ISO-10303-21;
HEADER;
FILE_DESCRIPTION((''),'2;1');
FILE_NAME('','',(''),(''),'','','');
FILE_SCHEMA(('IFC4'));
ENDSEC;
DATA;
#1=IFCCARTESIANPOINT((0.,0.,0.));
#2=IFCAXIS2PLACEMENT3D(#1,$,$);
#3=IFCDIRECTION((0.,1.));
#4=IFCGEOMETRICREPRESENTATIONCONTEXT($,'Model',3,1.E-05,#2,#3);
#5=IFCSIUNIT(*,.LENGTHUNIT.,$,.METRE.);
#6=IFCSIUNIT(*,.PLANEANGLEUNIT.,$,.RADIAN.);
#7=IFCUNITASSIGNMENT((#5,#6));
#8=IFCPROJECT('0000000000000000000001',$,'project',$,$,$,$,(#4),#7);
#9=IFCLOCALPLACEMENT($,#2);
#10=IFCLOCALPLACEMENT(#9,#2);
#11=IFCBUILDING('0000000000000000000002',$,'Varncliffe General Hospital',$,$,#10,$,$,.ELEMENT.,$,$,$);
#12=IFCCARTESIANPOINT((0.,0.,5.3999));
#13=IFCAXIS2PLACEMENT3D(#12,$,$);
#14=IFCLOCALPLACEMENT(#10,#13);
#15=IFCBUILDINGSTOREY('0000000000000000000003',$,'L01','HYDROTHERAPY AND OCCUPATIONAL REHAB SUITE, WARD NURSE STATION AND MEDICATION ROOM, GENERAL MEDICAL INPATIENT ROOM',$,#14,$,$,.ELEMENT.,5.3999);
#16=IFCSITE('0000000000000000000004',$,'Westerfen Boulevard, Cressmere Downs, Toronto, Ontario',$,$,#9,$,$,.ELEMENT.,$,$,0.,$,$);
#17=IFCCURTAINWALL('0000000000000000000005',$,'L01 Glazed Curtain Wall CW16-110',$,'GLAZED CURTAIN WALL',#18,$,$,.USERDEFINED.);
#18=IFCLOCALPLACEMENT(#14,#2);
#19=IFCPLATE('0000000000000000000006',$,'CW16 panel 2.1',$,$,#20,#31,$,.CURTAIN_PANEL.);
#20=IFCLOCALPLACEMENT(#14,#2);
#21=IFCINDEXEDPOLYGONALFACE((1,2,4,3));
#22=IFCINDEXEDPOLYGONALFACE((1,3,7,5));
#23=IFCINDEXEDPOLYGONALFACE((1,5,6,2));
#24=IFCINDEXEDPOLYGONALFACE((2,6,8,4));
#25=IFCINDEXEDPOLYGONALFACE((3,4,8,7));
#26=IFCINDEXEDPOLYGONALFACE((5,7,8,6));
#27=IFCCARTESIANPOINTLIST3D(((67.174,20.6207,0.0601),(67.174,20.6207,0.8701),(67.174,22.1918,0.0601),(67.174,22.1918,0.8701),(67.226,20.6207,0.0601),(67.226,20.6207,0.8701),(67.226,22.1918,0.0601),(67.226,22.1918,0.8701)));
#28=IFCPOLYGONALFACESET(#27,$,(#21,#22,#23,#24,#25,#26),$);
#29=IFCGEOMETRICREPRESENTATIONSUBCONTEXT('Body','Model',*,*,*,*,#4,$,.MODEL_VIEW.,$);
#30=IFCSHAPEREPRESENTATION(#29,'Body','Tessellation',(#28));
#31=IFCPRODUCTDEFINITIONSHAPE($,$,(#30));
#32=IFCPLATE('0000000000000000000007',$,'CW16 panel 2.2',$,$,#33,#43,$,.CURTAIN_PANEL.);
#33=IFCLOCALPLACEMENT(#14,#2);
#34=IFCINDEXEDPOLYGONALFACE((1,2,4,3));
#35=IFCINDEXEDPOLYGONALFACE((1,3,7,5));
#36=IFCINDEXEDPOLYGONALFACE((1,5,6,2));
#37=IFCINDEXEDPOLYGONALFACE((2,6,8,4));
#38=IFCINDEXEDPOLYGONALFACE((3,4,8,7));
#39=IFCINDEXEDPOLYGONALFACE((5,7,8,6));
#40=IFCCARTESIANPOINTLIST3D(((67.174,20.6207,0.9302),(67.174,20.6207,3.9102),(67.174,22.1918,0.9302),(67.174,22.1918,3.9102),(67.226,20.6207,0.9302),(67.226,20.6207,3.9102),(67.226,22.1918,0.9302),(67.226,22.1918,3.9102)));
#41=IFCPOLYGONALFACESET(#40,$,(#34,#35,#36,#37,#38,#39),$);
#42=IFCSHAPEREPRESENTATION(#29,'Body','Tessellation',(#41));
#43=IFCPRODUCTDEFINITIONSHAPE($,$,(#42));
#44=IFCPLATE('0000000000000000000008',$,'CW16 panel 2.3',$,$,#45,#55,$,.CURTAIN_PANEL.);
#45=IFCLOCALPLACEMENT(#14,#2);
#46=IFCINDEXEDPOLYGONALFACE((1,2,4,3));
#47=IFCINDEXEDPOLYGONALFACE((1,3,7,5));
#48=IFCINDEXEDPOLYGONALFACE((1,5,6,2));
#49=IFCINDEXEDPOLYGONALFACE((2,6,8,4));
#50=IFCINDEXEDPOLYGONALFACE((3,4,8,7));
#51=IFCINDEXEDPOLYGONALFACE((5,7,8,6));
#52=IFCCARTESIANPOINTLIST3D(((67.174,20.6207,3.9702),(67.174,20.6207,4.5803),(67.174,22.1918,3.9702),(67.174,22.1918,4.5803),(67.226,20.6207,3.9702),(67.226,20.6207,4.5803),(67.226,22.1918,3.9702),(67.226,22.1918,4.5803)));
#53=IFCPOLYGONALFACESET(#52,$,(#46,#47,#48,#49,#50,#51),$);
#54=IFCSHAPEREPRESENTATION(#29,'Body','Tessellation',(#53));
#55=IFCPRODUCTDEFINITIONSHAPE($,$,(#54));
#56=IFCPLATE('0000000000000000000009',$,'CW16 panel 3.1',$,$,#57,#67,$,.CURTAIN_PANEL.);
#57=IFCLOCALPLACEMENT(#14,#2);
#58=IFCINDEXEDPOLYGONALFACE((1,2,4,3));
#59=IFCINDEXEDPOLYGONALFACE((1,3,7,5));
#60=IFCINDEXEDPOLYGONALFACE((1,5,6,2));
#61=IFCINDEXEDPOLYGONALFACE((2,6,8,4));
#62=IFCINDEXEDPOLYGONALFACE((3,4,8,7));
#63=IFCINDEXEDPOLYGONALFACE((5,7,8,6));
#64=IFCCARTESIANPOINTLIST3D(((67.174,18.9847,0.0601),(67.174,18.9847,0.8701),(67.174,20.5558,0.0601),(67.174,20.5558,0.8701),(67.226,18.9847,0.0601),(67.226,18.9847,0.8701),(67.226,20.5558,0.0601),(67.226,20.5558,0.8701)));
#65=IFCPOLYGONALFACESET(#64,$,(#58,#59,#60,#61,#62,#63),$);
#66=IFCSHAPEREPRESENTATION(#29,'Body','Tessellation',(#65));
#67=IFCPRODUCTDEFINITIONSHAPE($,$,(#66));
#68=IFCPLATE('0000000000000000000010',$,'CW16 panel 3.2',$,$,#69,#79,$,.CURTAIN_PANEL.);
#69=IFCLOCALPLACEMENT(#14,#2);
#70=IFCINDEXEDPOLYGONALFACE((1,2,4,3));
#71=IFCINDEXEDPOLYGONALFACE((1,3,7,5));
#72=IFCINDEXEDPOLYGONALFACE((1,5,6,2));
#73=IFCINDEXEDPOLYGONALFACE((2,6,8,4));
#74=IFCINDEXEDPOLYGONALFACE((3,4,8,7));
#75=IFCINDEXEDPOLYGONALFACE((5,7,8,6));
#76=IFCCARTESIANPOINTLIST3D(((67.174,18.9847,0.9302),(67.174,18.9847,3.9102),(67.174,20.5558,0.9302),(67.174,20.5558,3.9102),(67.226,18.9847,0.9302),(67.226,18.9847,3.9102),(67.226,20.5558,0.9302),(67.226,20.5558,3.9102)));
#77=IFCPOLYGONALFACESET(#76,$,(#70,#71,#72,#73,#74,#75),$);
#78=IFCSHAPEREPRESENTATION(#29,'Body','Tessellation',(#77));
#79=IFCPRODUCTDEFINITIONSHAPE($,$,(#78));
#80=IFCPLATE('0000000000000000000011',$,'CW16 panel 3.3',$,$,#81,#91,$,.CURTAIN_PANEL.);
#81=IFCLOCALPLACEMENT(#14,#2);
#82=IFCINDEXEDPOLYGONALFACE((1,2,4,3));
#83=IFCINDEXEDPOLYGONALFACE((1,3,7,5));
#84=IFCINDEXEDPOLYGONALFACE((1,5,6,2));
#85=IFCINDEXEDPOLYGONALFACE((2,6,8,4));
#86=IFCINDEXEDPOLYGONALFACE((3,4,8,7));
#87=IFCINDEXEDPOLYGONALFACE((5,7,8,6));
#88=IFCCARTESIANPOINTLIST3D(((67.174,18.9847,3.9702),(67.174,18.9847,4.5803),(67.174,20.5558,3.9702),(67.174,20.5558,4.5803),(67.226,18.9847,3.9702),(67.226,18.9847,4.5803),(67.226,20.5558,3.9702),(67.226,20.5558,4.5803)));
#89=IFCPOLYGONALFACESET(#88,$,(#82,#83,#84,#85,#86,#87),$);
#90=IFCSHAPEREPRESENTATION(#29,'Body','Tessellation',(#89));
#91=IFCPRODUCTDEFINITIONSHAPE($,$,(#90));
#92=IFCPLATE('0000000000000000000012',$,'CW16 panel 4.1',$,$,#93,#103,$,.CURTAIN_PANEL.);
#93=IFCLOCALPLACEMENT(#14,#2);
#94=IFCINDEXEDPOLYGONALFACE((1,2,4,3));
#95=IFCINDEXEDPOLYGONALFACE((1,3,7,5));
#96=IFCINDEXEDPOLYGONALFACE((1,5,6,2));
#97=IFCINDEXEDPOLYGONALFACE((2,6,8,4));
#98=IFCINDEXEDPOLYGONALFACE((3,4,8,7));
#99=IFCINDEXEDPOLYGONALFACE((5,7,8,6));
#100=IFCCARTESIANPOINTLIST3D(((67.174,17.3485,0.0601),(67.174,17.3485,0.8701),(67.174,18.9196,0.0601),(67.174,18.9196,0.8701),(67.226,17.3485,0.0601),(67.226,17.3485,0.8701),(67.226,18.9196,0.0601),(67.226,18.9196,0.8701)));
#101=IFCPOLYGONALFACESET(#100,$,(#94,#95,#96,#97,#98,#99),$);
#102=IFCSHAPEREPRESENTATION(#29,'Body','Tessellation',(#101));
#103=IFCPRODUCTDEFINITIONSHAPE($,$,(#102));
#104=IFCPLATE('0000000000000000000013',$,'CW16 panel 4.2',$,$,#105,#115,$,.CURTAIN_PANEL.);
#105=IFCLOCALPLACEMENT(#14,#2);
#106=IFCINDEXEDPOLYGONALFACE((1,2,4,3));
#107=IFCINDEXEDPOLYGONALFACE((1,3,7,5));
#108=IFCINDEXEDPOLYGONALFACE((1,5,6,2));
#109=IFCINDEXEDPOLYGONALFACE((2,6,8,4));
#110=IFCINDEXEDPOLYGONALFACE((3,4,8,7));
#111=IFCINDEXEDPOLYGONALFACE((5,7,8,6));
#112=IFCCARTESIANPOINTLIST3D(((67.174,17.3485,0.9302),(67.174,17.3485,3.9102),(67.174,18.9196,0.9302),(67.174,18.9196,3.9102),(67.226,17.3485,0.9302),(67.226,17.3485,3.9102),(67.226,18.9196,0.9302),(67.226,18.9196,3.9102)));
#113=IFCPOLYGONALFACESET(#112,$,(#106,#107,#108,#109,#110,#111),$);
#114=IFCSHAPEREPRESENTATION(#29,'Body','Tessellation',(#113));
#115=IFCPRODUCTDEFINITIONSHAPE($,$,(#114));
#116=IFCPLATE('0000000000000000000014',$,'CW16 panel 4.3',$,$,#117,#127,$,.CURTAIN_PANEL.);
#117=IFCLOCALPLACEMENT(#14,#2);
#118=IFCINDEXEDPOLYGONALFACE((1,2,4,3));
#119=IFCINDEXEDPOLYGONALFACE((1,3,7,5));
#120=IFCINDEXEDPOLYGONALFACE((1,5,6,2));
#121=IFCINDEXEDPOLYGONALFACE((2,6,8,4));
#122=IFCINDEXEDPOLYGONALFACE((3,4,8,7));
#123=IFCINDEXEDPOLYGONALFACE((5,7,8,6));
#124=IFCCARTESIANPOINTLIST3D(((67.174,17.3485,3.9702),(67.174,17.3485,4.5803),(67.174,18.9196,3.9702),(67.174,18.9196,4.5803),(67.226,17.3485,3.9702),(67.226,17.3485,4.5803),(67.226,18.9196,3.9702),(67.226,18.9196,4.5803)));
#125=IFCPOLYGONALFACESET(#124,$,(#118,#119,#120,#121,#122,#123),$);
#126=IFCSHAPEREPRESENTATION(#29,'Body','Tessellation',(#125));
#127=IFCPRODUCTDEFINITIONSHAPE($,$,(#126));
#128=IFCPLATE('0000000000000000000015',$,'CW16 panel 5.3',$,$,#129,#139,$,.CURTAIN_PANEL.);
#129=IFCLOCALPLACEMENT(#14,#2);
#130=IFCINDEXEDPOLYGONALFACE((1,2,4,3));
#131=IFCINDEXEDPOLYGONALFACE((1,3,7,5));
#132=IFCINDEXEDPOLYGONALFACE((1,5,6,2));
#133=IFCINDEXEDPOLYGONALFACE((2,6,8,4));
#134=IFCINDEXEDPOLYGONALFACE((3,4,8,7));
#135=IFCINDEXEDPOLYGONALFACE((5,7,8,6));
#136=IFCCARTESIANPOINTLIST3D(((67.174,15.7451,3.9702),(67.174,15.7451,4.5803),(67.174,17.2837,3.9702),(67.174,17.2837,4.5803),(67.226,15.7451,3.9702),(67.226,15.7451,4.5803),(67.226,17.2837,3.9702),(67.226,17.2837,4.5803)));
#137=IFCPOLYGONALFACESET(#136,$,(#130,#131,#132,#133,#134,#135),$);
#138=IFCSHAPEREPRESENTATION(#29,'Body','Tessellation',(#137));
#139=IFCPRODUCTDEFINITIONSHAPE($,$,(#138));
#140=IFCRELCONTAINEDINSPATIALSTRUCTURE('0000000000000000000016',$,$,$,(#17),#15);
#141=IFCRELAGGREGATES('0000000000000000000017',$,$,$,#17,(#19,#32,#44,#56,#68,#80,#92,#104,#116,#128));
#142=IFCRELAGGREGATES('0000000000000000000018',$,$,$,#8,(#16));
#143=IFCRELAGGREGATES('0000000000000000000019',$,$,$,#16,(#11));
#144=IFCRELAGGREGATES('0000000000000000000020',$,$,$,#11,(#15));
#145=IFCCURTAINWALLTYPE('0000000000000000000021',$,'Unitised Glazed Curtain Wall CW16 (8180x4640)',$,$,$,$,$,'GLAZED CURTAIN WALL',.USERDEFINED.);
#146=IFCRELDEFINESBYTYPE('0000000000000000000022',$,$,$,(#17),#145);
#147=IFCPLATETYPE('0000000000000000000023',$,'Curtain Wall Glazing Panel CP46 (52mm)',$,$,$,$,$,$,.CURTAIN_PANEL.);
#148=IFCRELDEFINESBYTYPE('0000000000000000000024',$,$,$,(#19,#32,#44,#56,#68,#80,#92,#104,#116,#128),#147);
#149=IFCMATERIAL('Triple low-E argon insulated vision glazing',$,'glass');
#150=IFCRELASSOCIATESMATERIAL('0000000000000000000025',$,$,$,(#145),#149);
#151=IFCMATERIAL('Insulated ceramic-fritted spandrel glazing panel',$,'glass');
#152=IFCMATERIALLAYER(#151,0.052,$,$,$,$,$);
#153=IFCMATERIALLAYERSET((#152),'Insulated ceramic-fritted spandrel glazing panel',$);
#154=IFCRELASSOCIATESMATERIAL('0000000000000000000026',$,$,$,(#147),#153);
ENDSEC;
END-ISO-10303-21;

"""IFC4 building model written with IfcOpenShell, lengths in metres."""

from ifc_helpers import new_model, si_unit, direction, frame, origin, origin_2d, place, context, subcontext, project, spatial, rectangle, extrude, material, layer, layer_set, type_object, element, aggregate, save


model = new_model("IFC4")

# Units and contexts
model_context = context("Model", 3, precision=1e-05, world=origin(), true_north=direction((0.0, 1.0)))
body_context = subcontext(model_context, "Body", "Model", "MODEL_VIEW")
ifc_project = project(units=[si_unit("LENGTHUNIT", "METRE"), si_unit("PLANEANGLEUNIT", "RADIAN")], contexts=[model_context])

# Site, building, storey
site_placement = place(None, origin())
site = spatial("IfcSite", under=ifc_project, at=site_placement, Name="Westerfen Boulevard, Cressmere Downs, Toronto, Ontario", CompositionType="ELEMENT", RefElevation=0.0)
building_placement = place(site_placement, origin())
building = spatial("IfcBuilding", under=site, at=building_placement, Name="Varncliffe General Hospital", CompositionType="ELEMENT")
storey_placement = place(building_placement, frame((0.0, 0.0, 5.3999)))
storey = spatial("IfcBuildingStorey", under=building, at=storey_placement, Name="L01", Description="HYDROTHERAPY AND OCCUPATIONAL REHAB SUITE, WARD NURSE STATION AND MEDICATION ROOM, GENERAL MEDICAL INPATIENT ROOM", CompositionType="ELEMENT", Elevation=5.3999)

# Shared definitions
ifc_material_1 = material(Name="Triple low-E argon insulated vision glazing", Category="glass")

# Curtain wall
curtain_wall_type_1 = type_object("IfcCurtainWallType", Name="Unitised Glazed Curtain Wall CW16 (8180x4640)", ElementType="GLAZED CURTAIN WALL", PredefinedType="USERDEFINED", material=ifc_material_1)
curtain_wall_1_placement = place(storey_placement, origin())
curtain_wall_1 = element("IfcCurtainWall", 1, at=curtain_wall_1_placement, inside=storey, type_object=curtain_wall_type_1, Name="L01 Glazed Curtain Wall CW16-110", ObjectType="GLAZED CURTAIN WALL", PredefinedType="USERDEFINED")

# Plates
ifc_material_2 = material(Name="Insulated ceramic-fritted spandrel glazing panel", Category="glass")
ifc_layer = layer(ifc_material_2, 0.052)
ifc_layer_set = layer_set([ifc_layer], Name="Insulated ceramic-fritted spandrel glazing panel")
plate_type = type_object("IfcPlateType", Name="Curtain Wall Glazing Panel CP46 (52mm)", PredefinedType="CURTAIN_PANEL", material=ifc_layer_set)
plate_1_placement = place(storey_placement, frame((67.2, 21.4062, 0.0601), z_axis=(0.0, 0.0, 1.0), x_axis=(0.0, -1.0, 0.0)))
plate_1 = element("IfcPlate", 2, at=plate_1_placement, type_object=plate_type, Name="CW16 panel 2.1", PredefinedType="CURTAIN_PANEL", context=body_context, shape_type="SweptSolid", body=[
    extrude(rectangle(XDim=1.571, YDim=0.052, at=origin_2d()), origin(), (0.0, 0.0, 1.0), 0.8101),
])
plate_2_placement = place(storey_placement, frame((67.2, 21.4062, 0.9302), z_axis=(0.0, 0.0, 1.0), x_axis=(0.0, -1.0, 0.0)))
plate_2 = element("IfcPlate", 3, at=plate_2_placement, type_object=plate_type, Name="CW16 panel 2.2", PredefinedType="CURTAIN_PANEL", context=body_context, shape_type="SweptSolid", body=[
    extrude(rectangle(XDim=1.571, YDim=0.052, at=origin_2d()), origin(), (0.0, 0.0, 1.0), 2.98),
])
plate_3_placement = place(storey_placement, frame((67.2, 21.4062, 3.9702), z_axis=(0.0, 0.0, 1.0), x_axis=(0.0, -1.0, 0.0)))
plate_3 = element("IfcPlate", 4, at=plate_3_placement, type_object=plate_type, Name="CW16 panel 2.3", PredefinedType="CURTAIN_PANEL", context=body_context, shape_type="SweptSolid", body=[
    extrude(rectangle(XDim=1.571, YDim=0.052, at=origin_2d()), origin(), (0.0, 0.0, 1.0), 0.6101),
])
plate_4_placement = place(storey_placement, frame((67.2, 19.7703, 0.0601), z_axis=(0.0, 0.0, 1.0), x_axis=(0.0, -1.0, 0.0)))
plate_4 = element("IfcPlate", 5, at=plate_4_placement, type_object=plate_type, Name="CW16 panel 3.1", PredefinedType="CURTAIN_PANEL", context=body_context, shape_type="SweptSolid", body=[
    extrude(rectangle(XDim=1.571, YDim=0.052, at=origin_2d()), origin(), (0.0, 0.0, 1.0), 0.8101),
])
plate_5_placement = place(storey_placement, frame((67.2, 19.7703, 0.9302), z_axis=(0.0, 0.0, 1.0), x_axis=(0.0, -1.0, 0.0)))
plate_5 = element("IfcPlate", 6, at=plate_5_placement, type_object=plate_type, Name="CW16 panel 3.2", PredefinedType="CURTAIN_PANEL", context=body_context, shape_type="SweptSolid", body=[
    extrude(rectangle(XDim=1.571, YDim=0.052, at=origin_2d()), origin(), (0.0, 0.0, 1.0), 2.98),
])
plate_6_placement = place(storey_placement, frame((67.2, 19.7703, 3.9702), z_axis=(0.0, 0.0, 1.0), x_axis=(0.0, -1.0, 0.0)))
plate_6 = element("IfcPlate", 7, at=plate_6_placement, type_object=plate_type, Name="CW16 panel 3.3", PredefinedType="CURTAIN_PANEL", context=body_context, shape_type="SweptSolid", body=[
    extrude(rectangle(XDim=1.571, YDim=0.052, at=origin_2d()), origin(), (0.0, 0.0, 1.0), 0.6101),
])
plate_7_placement = place(storey_placement, frame((67.2, 18.134, 0.0601), z_axis=(0.0, 0.0, 1.0), x_axis=(0.0, -1.0, 0.0)))
plate_7 = element("IfcPlate", 8, at=plate_7_placement, type_object=plate_type, Name="CW16 panel 4.1", PredefinedType="CURTAIN_PANEL", context=body_context, shape_type="SweptSolid", body=[
    extrude(rectangle(XDim=1.571, YDim=0.052, at=origin_2d()), origin(), (0.0, 0.0, 1.0), 0.8101),
])
plate_8_placement = place(storey_placement, frame((67.2, 18.134, 0.9302), z_axis=(0.0, 0.0, 1.0), x_axis=(0.0, -1.0, 0.0)))
plate_8 = element("IfcPlate", 9, at=plate_8_placement, type_object=plate_type, Name="CW16 panel 4.2", PredefinedType="CURTAIN_PANEL", context=body_context, shape_type="SweptSolid", body=[
    extrude(rectangle(XDim=1.571, YDim=0.052, at=origin_2d()), origin(), (0.0, 0.0, 1.0), 2.98),
])
plate_9_placement = place(storey_placement, frame((67.2, 18.134, 3.9702), z_axis=(0.0, 0.0, 1.0), x_axis=(0.0, -1.0, 0.0)))
plate_9 = element("IfcPlate", 10, at=plate_9_placement, type_object=plate_type, Name="CW16 panel 4.3", PredefinedType="CURTAIN_PANEL", context=body_context, shape_type="SweptSolid", body=[
    extrude(rectangle(XDim=1.571, YDim=0.052, at=origin_2d()), origin(), (0.0, 0.0, 1.0), 0.6101),
])
plate_10_placement = place(storey_placement, frame((67.2, 16.5144, 3.9702), z_axis=(0.0, 0.0, 1.0), x_axis=(0.0, -1.0, 0.0)))
plate_10 = element("IfcPlate", 11, at=plate_10_placement, type_object=plate_type, Name="CW16 panel 5.3", PredefinedType="CURTAIN_PANEL", context=body_context, shape_type="SweptSolid", body=[
    extrude(rectangle(XDim=1.5386, YDim=0.052, at=origin_2d()), origin(), (0.0, 0.0, 1.0), 0.6101),
])
aggregate(curtain_wall_1, [plate_1, plate_2, plate_3, plate_4, plate_5, plate_6, plate_7, plate_8, plate_9, plate_10])

save(model, "model.ifc")
